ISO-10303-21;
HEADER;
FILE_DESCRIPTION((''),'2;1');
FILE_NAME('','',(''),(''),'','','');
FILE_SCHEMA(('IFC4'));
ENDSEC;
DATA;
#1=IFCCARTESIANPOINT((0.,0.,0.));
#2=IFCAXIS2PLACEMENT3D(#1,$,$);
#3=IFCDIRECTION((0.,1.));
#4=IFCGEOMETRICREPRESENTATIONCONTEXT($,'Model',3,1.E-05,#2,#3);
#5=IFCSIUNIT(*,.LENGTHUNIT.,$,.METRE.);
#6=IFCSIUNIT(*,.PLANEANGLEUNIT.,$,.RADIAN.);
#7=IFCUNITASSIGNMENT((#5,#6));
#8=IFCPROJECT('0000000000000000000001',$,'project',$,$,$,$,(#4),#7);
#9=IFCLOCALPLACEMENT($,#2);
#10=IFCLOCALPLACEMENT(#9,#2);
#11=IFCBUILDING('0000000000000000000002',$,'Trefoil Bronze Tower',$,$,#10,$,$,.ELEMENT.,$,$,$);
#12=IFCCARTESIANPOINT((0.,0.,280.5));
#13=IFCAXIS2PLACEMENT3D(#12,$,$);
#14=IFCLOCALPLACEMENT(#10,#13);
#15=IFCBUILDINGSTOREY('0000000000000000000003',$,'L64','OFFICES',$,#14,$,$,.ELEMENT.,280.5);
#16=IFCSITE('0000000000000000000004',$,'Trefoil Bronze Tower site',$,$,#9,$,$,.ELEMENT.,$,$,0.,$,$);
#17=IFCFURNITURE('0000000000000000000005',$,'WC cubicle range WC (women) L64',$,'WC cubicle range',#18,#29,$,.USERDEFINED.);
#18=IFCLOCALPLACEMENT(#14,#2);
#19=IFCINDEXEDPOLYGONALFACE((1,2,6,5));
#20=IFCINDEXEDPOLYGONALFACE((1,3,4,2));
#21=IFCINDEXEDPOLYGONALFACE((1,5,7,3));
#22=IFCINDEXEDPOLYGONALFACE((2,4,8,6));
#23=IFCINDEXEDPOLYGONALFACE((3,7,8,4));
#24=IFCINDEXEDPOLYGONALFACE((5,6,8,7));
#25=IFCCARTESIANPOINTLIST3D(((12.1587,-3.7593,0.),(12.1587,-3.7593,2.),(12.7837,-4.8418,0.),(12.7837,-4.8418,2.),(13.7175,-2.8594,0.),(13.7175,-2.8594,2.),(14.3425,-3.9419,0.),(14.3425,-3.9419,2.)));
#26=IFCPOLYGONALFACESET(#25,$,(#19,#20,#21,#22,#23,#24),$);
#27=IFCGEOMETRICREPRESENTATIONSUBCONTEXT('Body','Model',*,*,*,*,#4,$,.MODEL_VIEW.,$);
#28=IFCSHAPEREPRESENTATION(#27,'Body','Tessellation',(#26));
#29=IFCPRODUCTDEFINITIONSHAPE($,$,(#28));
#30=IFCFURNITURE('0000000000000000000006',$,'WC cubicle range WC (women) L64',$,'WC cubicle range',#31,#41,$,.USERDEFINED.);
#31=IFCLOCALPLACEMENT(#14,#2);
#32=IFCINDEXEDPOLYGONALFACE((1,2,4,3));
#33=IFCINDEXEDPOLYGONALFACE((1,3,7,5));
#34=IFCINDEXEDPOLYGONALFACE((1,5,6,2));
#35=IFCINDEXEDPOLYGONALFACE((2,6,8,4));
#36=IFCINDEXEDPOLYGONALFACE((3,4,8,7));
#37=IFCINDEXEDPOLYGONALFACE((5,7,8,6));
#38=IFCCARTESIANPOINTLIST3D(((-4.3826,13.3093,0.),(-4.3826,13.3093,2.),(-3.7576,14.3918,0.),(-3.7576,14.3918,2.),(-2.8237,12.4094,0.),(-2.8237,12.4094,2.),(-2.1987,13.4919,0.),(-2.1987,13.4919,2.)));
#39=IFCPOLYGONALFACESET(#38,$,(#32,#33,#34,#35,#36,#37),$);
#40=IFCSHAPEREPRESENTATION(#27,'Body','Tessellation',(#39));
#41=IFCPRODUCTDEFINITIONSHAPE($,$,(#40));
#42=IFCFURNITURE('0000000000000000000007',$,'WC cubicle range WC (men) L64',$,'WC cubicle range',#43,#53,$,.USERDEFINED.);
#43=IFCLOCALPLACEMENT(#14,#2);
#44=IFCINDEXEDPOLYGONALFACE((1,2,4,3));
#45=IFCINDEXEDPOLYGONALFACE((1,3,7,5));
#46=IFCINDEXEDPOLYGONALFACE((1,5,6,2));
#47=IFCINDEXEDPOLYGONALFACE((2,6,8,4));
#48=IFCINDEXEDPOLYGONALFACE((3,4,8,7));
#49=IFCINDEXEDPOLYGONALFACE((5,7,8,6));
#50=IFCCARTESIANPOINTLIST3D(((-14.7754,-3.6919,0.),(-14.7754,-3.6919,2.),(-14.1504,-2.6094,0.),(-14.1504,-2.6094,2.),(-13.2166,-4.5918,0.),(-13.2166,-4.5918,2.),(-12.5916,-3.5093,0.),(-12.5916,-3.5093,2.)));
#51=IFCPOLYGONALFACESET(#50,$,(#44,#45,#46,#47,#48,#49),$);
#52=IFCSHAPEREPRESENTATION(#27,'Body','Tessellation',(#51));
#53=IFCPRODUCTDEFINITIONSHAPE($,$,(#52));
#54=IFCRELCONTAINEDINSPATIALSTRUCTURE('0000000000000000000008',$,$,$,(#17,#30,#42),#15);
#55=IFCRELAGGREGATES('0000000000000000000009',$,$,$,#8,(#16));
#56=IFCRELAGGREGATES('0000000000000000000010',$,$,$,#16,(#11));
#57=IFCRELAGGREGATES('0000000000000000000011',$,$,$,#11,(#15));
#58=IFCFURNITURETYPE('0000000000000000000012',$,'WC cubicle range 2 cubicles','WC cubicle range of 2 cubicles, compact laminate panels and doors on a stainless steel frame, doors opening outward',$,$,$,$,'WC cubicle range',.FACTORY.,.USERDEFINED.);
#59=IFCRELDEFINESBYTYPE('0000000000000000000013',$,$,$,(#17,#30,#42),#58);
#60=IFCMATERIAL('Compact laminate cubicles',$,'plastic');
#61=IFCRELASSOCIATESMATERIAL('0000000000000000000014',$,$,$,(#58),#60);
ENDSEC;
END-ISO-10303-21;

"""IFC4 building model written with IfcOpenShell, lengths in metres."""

from ifc_helpers import new_model, si_unit, direction, frame, origin, place, context, subcontext, project, spatial, polyline, outline, extrude, material, type_object, element, save


model = new_model("IFC4")

# Units and contexts
model_context = context("Model", 3, precision=1e-05, world=origin(), true_north=direction((0.0, 1.0)))
body_context = subcontext(model_context, "Body", "Model", "MODEL_VIEW")
ifc_project = project(units=[si_unit("LENGTHUNIT", "METRE"), si_unit("PLANEANGLEUNIT", "RADIAN")], contexts=[model_context])

# Site, building, storey
site_placement = place(None, origin())
site = spatial("IfcSite", under=ifc_project, at=site_placement, Name="Trefoil Bronze Tower site", CompositionType="ELEMENT", RefElevation=0.0)
building_placement = place(site_placement, origin())
building = spatial("IfcBuilding", under=site, at=building_placement, Name="Trefoil Bronze Tower", CompositionType="ELEMENT")
storey_placement = place(building_placement, frame((0.0, 0.0, 280.5)))
storey = spatial("IfcBuildingStorey", under=building, at=storey_placement, Name="L64", Description="OFFICES", CompositionType="ELEMENT", Elevation=280.5)

# Furniture
ifc_material_1 = material(Name="Compact laminate cubicles", Category="plastic")
furniture_type = type_object("IfcFurnitureType", Name="WC cubicle range 2 cubicles", Description="WC cubicle range of 2 cubicles, compact laminate panels and doors on a stainless steel frame, doors opening outward", ElementType="WC cubicle range", AssemblyPlace="FACTORY", PredefinedType="USERDEFINED", material=ifc_material_1)
furniture_1_placement = place(storey_placement, origin())
element("IfcFurniture", 1, at=furniture_1_placement, inside=storey, type_object=furniture_type, Name="WC cubicle range WC (women) L64", ObjectType="WC cubicle range", PredefinedType="USERDEFINED", context=body_context, shape_type="SweptSolid", body=[
    extrude(outline(polyline([(12.1587, -3.7593), (12.7837, -4.8418), (14.3425, -3.9419), (13.7175, -2.8594), (12.1587, -3.7593)])), origin(), (0.0, 0.0, 1.0), 2.0),
])
furniture_2_placement = place(storey_placement, origin())
element("IfcFurniture", 2, at=furniture_2_placement, inside=storey, type_object=furniture_type, Name="WC cubicle range WC (women) L64", ObjectType="WC cubicle range", PredefinedType="USERDEFINED", context=body_context, shape_type="SweptSolid", body=[
    extrude(outline(polyline([(-2.8237, 12.4094), (-2.1987, 13.4919), (-3.7576, 14.3918), (-4.3826, 13.3093), (-2.8237, 12.4094)])), origin(), (0.0, 0.0, 1.0), 2.0),
])
furniture_3_placement = place(storey_placement, origin())
element("IfcFurniture", 3, at=furniture_3_placement, inside=storey, type_object=furniture_type, Name="WC cubicle range WC (men) L64", ObjectType="WC cubicle range", PredefinedType="USERDEFINED", context=body_context, shape_type="SweptSolid", body=[
    extrude(outline(polyline([(-12.5916, -3.5093), (-13.2166, -4.5918), (-14.7754, -3.6919), (-14.1504, -2.6094), (-12.5916, -3.5093)])), origin(), (0.0, 0.0, 1.0), 2.0),
])

save(model, "model.ifc")
